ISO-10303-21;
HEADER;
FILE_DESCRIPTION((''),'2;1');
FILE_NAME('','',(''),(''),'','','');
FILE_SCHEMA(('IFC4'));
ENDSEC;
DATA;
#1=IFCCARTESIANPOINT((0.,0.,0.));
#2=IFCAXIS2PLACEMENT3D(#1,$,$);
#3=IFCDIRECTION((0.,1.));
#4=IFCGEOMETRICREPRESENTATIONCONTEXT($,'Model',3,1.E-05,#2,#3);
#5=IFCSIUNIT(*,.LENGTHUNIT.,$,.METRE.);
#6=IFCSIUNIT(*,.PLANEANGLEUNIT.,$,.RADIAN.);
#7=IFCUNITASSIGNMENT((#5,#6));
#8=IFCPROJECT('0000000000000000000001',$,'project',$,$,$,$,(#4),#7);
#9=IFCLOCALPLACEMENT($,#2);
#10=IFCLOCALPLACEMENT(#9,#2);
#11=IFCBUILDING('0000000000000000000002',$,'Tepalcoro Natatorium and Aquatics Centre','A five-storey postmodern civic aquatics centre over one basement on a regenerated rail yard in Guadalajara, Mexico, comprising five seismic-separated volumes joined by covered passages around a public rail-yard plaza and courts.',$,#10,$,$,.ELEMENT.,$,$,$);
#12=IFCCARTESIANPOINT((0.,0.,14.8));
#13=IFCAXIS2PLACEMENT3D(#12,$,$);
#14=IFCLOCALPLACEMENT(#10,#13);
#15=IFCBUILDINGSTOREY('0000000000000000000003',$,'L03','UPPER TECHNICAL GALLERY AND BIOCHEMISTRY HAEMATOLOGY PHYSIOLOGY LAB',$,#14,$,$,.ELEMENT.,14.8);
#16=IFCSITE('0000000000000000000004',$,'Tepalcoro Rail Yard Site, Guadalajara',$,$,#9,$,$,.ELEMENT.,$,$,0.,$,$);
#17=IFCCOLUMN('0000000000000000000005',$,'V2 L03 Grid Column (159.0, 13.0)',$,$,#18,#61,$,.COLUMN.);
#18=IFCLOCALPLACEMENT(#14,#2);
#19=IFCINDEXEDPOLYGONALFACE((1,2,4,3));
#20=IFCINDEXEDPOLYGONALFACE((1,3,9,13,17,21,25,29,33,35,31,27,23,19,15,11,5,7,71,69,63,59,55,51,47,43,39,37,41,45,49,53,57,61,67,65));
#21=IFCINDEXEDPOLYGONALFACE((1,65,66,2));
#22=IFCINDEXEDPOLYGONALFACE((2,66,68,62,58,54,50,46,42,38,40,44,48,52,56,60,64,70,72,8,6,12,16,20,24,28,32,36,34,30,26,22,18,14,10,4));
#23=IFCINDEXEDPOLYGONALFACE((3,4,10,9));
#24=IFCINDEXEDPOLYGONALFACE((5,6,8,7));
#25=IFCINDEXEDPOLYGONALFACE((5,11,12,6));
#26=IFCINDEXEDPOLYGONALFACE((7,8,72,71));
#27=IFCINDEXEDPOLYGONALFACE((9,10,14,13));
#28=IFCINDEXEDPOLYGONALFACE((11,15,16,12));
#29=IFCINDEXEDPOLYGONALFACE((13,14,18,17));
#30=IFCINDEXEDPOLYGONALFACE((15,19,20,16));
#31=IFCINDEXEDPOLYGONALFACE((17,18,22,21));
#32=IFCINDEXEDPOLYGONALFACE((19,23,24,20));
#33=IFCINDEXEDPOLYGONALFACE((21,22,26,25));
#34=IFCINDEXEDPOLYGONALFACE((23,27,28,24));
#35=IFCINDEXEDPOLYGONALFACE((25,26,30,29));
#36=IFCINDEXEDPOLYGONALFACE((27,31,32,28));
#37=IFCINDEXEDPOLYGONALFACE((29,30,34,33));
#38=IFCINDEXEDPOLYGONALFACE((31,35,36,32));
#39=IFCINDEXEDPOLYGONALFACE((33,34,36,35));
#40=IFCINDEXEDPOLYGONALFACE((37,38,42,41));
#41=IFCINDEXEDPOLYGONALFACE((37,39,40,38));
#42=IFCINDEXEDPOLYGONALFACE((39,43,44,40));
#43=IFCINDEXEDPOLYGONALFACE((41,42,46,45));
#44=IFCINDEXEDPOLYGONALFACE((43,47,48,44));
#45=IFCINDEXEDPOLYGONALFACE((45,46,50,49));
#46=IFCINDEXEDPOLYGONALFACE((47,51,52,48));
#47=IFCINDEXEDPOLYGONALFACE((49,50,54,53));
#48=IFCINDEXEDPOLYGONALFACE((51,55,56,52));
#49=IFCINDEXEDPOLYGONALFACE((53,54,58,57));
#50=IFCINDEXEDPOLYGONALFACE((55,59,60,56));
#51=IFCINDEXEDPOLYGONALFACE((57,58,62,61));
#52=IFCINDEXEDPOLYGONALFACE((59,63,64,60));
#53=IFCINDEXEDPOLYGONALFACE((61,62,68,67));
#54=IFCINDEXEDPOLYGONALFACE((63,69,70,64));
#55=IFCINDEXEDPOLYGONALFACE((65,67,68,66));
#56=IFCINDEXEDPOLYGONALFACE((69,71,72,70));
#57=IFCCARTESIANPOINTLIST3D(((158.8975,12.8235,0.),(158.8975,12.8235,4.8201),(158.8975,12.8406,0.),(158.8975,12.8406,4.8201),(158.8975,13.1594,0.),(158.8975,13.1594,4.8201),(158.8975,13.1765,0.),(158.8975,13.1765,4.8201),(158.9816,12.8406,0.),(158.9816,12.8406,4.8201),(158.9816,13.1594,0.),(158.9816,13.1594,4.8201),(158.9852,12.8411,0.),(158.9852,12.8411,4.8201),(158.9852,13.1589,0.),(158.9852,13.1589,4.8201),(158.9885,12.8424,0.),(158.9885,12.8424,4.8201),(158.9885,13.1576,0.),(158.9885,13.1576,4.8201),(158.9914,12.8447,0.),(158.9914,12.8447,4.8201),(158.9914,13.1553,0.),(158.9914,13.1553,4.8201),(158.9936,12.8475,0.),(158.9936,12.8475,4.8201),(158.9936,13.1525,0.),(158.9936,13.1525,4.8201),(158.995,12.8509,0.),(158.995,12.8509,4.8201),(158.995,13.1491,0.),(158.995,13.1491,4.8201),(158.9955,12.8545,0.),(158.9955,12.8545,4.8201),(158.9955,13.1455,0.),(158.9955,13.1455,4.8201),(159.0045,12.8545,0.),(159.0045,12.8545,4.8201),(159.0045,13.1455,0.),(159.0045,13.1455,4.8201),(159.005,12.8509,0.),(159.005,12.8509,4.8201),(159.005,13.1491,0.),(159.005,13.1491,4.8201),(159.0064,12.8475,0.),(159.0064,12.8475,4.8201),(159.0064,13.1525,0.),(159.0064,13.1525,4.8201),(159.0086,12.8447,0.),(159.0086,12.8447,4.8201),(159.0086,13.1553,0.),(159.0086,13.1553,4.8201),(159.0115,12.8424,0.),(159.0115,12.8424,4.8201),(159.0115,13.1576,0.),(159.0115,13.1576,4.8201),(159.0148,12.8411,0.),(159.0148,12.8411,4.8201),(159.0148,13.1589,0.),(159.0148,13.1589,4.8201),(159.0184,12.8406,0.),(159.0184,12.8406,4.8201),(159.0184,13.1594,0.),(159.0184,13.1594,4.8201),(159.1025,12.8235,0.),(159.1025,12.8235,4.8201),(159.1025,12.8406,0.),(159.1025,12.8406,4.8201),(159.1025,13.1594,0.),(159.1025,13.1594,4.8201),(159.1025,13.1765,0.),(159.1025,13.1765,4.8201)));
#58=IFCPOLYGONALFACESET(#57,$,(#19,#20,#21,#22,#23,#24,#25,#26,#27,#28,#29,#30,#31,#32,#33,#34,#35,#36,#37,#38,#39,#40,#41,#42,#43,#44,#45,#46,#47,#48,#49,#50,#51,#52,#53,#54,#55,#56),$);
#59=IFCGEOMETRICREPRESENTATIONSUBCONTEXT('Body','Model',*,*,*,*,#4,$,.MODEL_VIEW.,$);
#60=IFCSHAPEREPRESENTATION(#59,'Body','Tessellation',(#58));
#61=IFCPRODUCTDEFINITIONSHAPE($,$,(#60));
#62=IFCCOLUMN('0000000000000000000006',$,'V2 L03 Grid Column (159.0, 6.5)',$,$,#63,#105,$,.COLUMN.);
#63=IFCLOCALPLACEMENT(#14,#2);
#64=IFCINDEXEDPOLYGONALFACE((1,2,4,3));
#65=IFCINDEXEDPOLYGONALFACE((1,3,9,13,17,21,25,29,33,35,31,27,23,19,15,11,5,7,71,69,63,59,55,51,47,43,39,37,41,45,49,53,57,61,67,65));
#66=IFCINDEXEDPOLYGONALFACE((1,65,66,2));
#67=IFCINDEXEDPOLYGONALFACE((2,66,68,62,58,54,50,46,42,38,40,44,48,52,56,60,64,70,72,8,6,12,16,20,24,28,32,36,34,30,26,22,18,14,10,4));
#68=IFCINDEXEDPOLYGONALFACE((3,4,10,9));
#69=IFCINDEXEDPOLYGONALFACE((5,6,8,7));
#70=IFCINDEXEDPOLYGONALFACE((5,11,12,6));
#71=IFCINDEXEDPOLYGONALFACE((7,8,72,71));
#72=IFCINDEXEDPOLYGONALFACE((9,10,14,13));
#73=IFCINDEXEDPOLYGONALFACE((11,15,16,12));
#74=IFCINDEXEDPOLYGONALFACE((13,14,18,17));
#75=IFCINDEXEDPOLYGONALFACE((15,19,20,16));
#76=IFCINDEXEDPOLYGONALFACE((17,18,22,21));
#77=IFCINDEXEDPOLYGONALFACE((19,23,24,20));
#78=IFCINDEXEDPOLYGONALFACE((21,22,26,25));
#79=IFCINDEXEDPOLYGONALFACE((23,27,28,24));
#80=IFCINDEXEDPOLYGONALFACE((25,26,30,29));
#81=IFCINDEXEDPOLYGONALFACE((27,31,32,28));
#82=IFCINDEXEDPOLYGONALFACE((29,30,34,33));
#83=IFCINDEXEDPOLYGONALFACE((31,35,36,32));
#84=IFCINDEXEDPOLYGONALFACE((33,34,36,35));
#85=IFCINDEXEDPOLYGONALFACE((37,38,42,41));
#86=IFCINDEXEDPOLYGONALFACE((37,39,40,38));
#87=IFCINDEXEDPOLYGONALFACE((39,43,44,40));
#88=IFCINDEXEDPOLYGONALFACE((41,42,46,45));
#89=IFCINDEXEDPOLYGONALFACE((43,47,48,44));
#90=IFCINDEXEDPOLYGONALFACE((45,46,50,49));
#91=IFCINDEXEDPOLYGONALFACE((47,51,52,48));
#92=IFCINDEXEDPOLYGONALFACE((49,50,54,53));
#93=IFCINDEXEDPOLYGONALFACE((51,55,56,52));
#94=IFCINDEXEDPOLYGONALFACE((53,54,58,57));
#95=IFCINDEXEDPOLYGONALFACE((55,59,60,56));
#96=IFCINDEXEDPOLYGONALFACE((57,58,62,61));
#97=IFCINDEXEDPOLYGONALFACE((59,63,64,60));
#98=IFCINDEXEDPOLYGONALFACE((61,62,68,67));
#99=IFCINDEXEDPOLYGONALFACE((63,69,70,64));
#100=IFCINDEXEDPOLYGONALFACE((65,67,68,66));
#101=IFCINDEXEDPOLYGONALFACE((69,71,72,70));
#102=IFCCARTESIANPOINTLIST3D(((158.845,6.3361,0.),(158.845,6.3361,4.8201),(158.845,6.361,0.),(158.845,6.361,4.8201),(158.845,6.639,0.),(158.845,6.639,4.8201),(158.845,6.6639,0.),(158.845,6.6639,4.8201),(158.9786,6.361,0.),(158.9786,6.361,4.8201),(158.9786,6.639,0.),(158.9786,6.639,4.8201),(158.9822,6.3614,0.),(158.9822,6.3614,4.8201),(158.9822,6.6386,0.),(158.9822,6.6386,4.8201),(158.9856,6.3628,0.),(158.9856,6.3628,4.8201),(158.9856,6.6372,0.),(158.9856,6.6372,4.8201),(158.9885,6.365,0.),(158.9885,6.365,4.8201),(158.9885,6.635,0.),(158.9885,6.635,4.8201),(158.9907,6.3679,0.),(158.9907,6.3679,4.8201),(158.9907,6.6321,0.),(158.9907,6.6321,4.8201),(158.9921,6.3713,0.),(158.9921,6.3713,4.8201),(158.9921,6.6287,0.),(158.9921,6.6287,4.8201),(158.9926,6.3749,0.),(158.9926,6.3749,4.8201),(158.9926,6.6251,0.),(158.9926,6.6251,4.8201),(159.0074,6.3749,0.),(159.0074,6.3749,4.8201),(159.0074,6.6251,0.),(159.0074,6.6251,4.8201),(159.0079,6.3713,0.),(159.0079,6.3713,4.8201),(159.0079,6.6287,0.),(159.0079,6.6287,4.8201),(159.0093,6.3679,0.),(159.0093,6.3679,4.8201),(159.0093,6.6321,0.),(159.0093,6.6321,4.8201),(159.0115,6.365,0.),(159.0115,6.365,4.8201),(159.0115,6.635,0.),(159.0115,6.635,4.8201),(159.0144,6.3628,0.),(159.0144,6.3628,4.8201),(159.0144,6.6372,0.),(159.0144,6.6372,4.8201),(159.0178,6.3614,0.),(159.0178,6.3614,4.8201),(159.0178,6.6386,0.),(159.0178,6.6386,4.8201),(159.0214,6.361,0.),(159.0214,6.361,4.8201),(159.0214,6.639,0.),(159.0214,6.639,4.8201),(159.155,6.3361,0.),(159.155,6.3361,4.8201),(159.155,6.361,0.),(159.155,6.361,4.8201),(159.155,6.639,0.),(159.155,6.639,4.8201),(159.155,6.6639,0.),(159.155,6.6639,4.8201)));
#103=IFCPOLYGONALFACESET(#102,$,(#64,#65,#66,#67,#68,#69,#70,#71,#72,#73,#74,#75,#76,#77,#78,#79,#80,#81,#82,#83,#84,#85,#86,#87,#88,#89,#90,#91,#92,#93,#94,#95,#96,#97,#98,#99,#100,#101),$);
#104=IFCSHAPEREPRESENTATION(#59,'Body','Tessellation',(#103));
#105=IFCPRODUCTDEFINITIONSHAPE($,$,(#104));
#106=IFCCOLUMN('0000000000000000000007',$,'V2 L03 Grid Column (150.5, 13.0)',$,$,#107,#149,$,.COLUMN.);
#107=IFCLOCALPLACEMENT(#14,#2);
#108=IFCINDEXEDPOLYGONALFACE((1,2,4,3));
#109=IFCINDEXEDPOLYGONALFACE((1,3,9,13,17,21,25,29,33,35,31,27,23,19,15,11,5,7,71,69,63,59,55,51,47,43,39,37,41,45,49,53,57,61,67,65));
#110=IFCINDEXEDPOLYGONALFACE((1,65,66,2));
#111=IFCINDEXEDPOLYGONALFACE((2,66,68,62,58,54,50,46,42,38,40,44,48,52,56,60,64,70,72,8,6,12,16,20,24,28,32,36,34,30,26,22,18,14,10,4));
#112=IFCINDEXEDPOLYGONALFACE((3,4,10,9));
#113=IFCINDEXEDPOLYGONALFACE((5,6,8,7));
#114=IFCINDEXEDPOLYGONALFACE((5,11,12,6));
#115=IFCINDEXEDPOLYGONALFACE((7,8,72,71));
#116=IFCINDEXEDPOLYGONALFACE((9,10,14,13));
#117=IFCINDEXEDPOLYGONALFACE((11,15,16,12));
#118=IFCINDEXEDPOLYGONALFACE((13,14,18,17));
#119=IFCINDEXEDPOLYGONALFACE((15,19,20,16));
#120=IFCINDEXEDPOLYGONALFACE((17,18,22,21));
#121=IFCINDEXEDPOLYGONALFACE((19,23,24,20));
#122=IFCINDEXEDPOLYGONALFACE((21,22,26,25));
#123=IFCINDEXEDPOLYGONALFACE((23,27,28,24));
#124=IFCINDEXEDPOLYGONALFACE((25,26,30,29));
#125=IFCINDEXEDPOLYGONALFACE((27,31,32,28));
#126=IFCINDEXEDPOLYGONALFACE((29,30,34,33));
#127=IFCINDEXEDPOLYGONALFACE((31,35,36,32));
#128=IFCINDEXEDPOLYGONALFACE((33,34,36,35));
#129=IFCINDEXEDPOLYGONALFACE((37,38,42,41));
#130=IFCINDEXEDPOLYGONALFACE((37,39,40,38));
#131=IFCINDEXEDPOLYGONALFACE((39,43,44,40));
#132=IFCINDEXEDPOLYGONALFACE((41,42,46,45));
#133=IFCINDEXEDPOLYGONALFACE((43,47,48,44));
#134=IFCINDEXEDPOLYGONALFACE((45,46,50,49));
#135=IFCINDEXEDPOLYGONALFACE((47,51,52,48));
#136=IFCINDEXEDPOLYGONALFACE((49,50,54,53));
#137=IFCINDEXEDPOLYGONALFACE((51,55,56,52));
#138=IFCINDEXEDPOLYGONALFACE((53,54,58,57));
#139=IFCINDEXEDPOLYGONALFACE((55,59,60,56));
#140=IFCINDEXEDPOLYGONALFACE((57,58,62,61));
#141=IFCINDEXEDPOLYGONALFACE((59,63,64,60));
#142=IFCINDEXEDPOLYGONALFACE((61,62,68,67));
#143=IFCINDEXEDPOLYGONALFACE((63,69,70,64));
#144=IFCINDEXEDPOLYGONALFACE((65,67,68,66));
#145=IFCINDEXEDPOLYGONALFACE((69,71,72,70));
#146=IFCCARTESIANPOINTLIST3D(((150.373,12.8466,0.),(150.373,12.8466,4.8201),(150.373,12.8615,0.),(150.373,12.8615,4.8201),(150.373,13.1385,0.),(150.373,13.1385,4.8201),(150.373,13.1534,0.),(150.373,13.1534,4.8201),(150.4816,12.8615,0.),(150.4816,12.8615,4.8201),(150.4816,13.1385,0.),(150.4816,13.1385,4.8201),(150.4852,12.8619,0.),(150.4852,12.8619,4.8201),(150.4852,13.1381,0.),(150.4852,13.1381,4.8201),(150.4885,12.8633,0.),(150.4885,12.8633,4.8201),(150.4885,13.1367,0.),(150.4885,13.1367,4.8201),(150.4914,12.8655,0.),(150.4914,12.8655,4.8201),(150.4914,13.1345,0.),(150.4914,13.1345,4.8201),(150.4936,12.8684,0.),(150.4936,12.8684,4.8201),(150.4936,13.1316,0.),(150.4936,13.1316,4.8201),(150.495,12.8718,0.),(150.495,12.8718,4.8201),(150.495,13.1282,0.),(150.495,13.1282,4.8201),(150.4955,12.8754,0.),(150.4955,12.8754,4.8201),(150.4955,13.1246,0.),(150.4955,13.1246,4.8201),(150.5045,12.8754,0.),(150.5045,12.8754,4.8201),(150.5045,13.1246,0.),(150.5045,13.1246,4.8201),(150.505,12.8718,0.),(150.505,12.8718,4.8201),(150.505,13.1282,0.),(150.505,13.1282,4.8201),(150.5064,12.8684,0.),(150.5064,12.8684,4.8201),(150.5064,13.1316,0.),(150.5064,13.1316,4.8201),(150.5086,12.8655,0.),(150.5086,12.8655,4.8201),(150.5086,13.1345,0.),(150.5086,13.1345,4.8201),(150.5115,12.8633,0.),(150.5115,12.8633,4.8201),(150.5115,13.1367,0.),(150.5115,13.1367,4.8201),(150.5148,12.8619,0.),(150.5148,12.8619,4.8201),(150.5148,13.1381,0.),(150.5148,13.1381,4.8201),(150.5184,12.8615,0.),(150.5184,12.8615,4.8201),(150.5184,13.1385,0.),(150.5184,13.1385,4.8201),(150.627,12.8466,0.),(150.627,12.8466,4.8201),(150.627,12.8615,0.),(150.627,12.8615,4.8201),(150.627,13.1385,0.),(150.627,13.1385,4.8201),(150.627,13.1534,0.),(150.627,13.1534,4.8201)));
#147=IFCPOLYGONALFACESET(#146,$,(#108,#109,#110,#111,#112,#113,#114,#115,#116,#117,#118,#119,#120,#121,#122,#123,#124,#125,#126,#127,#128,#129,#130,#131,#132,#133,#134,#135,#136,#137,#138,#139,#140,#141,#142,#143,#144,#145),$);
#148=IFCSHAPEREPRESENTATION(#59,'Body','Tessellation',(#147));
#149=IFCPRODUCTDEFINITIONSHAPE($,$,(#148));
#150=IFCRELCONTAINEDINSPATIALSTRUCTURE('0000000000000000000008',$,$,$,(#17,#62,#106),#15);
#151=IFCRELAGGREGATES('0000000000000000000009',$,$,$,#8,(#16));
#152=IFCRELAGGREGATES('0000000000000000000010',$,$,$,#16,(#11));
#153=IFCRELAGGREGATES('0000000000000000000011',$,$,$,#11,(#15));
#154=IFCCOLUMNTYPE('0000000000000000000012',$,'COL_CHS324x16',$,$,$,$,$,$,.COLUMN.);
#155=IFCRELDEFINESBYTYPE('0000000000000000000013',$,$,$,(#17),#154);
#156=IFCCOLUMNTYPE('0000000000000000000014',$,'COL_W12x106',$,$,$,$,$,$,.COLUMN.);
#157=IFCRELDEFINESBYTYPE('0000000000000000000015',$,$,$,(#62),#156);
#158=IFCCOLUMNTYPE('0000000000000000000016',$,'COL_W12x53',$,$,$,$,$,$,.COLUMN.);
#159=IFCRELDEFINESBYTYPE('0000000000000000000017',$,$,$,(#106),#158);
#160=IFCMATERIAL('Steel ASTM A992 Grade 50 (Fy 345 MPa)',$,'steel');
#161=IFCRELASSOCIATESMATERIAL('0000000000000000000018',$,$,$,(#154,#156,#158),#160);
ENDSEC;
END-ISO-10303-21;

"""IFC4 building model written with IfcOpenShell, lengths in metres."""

from ifc_helpers import new_model, si_unit, direction, frame, origin, origin_2d, place, context, subcontext, project, spatial, i_section, extrude, material, material_profile, profile_set, type_object, element, save


model = new_model("IFC4")

# Units and contexts
model_context = context("Model", 3, precision=1e-05, world=origin(), true_north=direction((0.0, 1.0)))
body_context = subcontext(model_context, "Body", "Model", "MODEL_VIEW")
ifc_project = project(units=[si_unit("LENGTHUNIT", "METRE"), si_unit("PLANEANGLEUNIT", "RADIAN")], contexts=[model_context])

# Site, building, storey
site_placement = place(None, origin())
site = spatial("IfcSite", under=ifc_project, at=site_placement, Name="Tepalcoro Rail Yard Site, Guadalajara", CompositionType="ELEMENT", RefElevation=0.0)
building_placement = place(site_placement, origin())
building = spatial("IfcBuilding", under=site, at=building_placement, Name="Tepalcoro Natatorium and Aquatics Centre", Description="A five-storey postmodern civic aquatics centre over one basement on a regenerated rail yard in Guadalajara, Mexico, comprising five seismic-separated volumes joined by covered passages around a public rail-yard plaza and courts.", CompositionType="ELEMENT")
storey_placement = place(building_placement, frame((0.0, 0.0, 14.8)))
storey = spatial("IfcBuildingStorey", under=building, at=storey_placement, Name="L03", Description="UPPER TECHNICAL GALLERY AND BIOCHEMISTRY HAEMATOLOGY PHYSIOLOGY LAB", CompositionType="ELEMENT", Elevation=14.8)

# Columns
ifc_material_1 = material(Name="Steel ASTM A992 Grade 50 (Fy 345 MPa)", Category="steel")
ifc_material_profile_1 = material_profile(ifc_material_1, i_section(OverallWidth=0.2051, OverallDepth=0.353, WebThickness=0.009, FlangeThickness=0.0171, FilletRadius=0.0139, at=origin_2d()), Name="W14X53")
ifc_profile_set_1 = profile_set([ifc_material_profile_1], Name="Steel ASTM A992 Grade 50 (Fy 345 MPa)")
column_type_1 = type_object("IfcColumnType", Name="COL_CHS324x16", PredefinedType="COLUMN", material=ifc_profile_set_1)
column_1_placement = place(storey_placement, frame((159.0, 13.0, 0.0), z_axis=(0.0, 0.0, 1.0), x_axis=(1.0, 0.0, 0.0)))
element("IfcColumn", 1, at=column_1_placement, inside=storey, type_object=column_type_1, Name="V2 L03 Grid Column (159.0, 13.0)", PredefinedType="COLUMN", context=body_context, shape_type="SweptSolid", body=[
    extrude(i_section(OverallWidth=0.2051, OverallDepth=0.353, WebThickness=0.009, FlangeThickness=0.0171, FilletRadius=0.0139, at=origin_2d()), origin(), (0.0, 0.0, 1.0), 4.8201),
])
ifc_material_profile_2 = material_profile(ifc_material_1, i_section(OverallWidth=0.3101, OverallDepth=0.3279, WebThickness=0.0149, FlangeThickness=0.0249, FilletRadius=0.0139, at=origin_2d()), Name="W12X106")
ifc_profile_set_2 = profile_set([ifc_material_profile_2], Name="Steel ASTM A992 Grade 50 (Fy 345 MPa)")
column_type_2 = type_object("IfcColumnType", Name="COL_W12x106", PredefinedType="COLUMN", material=ifc_profile_set_2)
column_2_placement = place(storey_placement, frame((159.0, 6.5, 0.0), z_axis=(0.0, 0.0, 1.0), x_axis=(1.0, 0.0, 0.0)))
element("IfcColumn", 2, at=column_2_placement, inside=storey, type_object=column_type_2, Name="V2 L03 Grid Column (159.0, 6.5)", PredefinedType="COLUMN", context=body_context, shape_type="SweptSolid", body=[
    extrude(i_section(OverallWidth=0.3101, OverallDepth=0.3279, WebThickness=0.0149, FlangeThickness=0.0249, FilletRadius=0.0139, at=origin_2d()), origin(), (0.0, 0.0, 1.0), 4.8201),
])
ifc_material_profile_3 = material_profile(ifc_material_1, i_section(OverallWidth=0.2539, OverallDepth=0.3069, WebThickness=0.009, FlangeThickness=0.0149, FilletRadius=0.0139, at=origin_2d()), Name="W12X53")
ifc_profile_set_3 = profile_set([ifc_material_profile_3], Name="Steel ASTM A992 Grade 50 (Fy 345 MPa)")
column_type_3 = type_object("IfcColumnType", Name="COL_W12x53", PredefinedType="COLUMN", material=ifc_profile_set_3)
column_3_placement = place(storey_placement, frame((150.5, 13.0, 0.0), z_axis=(0.0, 0.0, 1.0), x_axis=(1.0, 0.0, 0.0)))
element("IfcColumn", 3, at=column_3_placement, inside=storey, type_object=column_type_3, Name="V2 L03 Grid Column (150.5, 13.0)", PredefinedType="COLUMN", context=body_context, shape_type="SweptSolid", body=[
    extrude(i_section(OverallWidth=0.2539, OverallDepth=0.3069, WebThickness=0.009, FlangeThickness=0.0149, FilletRadius=0.0139, at=origin_2d()), origin(), (0.0, 0.0, 1.0), 4.8201),
])

save(model, "model.ifc")
